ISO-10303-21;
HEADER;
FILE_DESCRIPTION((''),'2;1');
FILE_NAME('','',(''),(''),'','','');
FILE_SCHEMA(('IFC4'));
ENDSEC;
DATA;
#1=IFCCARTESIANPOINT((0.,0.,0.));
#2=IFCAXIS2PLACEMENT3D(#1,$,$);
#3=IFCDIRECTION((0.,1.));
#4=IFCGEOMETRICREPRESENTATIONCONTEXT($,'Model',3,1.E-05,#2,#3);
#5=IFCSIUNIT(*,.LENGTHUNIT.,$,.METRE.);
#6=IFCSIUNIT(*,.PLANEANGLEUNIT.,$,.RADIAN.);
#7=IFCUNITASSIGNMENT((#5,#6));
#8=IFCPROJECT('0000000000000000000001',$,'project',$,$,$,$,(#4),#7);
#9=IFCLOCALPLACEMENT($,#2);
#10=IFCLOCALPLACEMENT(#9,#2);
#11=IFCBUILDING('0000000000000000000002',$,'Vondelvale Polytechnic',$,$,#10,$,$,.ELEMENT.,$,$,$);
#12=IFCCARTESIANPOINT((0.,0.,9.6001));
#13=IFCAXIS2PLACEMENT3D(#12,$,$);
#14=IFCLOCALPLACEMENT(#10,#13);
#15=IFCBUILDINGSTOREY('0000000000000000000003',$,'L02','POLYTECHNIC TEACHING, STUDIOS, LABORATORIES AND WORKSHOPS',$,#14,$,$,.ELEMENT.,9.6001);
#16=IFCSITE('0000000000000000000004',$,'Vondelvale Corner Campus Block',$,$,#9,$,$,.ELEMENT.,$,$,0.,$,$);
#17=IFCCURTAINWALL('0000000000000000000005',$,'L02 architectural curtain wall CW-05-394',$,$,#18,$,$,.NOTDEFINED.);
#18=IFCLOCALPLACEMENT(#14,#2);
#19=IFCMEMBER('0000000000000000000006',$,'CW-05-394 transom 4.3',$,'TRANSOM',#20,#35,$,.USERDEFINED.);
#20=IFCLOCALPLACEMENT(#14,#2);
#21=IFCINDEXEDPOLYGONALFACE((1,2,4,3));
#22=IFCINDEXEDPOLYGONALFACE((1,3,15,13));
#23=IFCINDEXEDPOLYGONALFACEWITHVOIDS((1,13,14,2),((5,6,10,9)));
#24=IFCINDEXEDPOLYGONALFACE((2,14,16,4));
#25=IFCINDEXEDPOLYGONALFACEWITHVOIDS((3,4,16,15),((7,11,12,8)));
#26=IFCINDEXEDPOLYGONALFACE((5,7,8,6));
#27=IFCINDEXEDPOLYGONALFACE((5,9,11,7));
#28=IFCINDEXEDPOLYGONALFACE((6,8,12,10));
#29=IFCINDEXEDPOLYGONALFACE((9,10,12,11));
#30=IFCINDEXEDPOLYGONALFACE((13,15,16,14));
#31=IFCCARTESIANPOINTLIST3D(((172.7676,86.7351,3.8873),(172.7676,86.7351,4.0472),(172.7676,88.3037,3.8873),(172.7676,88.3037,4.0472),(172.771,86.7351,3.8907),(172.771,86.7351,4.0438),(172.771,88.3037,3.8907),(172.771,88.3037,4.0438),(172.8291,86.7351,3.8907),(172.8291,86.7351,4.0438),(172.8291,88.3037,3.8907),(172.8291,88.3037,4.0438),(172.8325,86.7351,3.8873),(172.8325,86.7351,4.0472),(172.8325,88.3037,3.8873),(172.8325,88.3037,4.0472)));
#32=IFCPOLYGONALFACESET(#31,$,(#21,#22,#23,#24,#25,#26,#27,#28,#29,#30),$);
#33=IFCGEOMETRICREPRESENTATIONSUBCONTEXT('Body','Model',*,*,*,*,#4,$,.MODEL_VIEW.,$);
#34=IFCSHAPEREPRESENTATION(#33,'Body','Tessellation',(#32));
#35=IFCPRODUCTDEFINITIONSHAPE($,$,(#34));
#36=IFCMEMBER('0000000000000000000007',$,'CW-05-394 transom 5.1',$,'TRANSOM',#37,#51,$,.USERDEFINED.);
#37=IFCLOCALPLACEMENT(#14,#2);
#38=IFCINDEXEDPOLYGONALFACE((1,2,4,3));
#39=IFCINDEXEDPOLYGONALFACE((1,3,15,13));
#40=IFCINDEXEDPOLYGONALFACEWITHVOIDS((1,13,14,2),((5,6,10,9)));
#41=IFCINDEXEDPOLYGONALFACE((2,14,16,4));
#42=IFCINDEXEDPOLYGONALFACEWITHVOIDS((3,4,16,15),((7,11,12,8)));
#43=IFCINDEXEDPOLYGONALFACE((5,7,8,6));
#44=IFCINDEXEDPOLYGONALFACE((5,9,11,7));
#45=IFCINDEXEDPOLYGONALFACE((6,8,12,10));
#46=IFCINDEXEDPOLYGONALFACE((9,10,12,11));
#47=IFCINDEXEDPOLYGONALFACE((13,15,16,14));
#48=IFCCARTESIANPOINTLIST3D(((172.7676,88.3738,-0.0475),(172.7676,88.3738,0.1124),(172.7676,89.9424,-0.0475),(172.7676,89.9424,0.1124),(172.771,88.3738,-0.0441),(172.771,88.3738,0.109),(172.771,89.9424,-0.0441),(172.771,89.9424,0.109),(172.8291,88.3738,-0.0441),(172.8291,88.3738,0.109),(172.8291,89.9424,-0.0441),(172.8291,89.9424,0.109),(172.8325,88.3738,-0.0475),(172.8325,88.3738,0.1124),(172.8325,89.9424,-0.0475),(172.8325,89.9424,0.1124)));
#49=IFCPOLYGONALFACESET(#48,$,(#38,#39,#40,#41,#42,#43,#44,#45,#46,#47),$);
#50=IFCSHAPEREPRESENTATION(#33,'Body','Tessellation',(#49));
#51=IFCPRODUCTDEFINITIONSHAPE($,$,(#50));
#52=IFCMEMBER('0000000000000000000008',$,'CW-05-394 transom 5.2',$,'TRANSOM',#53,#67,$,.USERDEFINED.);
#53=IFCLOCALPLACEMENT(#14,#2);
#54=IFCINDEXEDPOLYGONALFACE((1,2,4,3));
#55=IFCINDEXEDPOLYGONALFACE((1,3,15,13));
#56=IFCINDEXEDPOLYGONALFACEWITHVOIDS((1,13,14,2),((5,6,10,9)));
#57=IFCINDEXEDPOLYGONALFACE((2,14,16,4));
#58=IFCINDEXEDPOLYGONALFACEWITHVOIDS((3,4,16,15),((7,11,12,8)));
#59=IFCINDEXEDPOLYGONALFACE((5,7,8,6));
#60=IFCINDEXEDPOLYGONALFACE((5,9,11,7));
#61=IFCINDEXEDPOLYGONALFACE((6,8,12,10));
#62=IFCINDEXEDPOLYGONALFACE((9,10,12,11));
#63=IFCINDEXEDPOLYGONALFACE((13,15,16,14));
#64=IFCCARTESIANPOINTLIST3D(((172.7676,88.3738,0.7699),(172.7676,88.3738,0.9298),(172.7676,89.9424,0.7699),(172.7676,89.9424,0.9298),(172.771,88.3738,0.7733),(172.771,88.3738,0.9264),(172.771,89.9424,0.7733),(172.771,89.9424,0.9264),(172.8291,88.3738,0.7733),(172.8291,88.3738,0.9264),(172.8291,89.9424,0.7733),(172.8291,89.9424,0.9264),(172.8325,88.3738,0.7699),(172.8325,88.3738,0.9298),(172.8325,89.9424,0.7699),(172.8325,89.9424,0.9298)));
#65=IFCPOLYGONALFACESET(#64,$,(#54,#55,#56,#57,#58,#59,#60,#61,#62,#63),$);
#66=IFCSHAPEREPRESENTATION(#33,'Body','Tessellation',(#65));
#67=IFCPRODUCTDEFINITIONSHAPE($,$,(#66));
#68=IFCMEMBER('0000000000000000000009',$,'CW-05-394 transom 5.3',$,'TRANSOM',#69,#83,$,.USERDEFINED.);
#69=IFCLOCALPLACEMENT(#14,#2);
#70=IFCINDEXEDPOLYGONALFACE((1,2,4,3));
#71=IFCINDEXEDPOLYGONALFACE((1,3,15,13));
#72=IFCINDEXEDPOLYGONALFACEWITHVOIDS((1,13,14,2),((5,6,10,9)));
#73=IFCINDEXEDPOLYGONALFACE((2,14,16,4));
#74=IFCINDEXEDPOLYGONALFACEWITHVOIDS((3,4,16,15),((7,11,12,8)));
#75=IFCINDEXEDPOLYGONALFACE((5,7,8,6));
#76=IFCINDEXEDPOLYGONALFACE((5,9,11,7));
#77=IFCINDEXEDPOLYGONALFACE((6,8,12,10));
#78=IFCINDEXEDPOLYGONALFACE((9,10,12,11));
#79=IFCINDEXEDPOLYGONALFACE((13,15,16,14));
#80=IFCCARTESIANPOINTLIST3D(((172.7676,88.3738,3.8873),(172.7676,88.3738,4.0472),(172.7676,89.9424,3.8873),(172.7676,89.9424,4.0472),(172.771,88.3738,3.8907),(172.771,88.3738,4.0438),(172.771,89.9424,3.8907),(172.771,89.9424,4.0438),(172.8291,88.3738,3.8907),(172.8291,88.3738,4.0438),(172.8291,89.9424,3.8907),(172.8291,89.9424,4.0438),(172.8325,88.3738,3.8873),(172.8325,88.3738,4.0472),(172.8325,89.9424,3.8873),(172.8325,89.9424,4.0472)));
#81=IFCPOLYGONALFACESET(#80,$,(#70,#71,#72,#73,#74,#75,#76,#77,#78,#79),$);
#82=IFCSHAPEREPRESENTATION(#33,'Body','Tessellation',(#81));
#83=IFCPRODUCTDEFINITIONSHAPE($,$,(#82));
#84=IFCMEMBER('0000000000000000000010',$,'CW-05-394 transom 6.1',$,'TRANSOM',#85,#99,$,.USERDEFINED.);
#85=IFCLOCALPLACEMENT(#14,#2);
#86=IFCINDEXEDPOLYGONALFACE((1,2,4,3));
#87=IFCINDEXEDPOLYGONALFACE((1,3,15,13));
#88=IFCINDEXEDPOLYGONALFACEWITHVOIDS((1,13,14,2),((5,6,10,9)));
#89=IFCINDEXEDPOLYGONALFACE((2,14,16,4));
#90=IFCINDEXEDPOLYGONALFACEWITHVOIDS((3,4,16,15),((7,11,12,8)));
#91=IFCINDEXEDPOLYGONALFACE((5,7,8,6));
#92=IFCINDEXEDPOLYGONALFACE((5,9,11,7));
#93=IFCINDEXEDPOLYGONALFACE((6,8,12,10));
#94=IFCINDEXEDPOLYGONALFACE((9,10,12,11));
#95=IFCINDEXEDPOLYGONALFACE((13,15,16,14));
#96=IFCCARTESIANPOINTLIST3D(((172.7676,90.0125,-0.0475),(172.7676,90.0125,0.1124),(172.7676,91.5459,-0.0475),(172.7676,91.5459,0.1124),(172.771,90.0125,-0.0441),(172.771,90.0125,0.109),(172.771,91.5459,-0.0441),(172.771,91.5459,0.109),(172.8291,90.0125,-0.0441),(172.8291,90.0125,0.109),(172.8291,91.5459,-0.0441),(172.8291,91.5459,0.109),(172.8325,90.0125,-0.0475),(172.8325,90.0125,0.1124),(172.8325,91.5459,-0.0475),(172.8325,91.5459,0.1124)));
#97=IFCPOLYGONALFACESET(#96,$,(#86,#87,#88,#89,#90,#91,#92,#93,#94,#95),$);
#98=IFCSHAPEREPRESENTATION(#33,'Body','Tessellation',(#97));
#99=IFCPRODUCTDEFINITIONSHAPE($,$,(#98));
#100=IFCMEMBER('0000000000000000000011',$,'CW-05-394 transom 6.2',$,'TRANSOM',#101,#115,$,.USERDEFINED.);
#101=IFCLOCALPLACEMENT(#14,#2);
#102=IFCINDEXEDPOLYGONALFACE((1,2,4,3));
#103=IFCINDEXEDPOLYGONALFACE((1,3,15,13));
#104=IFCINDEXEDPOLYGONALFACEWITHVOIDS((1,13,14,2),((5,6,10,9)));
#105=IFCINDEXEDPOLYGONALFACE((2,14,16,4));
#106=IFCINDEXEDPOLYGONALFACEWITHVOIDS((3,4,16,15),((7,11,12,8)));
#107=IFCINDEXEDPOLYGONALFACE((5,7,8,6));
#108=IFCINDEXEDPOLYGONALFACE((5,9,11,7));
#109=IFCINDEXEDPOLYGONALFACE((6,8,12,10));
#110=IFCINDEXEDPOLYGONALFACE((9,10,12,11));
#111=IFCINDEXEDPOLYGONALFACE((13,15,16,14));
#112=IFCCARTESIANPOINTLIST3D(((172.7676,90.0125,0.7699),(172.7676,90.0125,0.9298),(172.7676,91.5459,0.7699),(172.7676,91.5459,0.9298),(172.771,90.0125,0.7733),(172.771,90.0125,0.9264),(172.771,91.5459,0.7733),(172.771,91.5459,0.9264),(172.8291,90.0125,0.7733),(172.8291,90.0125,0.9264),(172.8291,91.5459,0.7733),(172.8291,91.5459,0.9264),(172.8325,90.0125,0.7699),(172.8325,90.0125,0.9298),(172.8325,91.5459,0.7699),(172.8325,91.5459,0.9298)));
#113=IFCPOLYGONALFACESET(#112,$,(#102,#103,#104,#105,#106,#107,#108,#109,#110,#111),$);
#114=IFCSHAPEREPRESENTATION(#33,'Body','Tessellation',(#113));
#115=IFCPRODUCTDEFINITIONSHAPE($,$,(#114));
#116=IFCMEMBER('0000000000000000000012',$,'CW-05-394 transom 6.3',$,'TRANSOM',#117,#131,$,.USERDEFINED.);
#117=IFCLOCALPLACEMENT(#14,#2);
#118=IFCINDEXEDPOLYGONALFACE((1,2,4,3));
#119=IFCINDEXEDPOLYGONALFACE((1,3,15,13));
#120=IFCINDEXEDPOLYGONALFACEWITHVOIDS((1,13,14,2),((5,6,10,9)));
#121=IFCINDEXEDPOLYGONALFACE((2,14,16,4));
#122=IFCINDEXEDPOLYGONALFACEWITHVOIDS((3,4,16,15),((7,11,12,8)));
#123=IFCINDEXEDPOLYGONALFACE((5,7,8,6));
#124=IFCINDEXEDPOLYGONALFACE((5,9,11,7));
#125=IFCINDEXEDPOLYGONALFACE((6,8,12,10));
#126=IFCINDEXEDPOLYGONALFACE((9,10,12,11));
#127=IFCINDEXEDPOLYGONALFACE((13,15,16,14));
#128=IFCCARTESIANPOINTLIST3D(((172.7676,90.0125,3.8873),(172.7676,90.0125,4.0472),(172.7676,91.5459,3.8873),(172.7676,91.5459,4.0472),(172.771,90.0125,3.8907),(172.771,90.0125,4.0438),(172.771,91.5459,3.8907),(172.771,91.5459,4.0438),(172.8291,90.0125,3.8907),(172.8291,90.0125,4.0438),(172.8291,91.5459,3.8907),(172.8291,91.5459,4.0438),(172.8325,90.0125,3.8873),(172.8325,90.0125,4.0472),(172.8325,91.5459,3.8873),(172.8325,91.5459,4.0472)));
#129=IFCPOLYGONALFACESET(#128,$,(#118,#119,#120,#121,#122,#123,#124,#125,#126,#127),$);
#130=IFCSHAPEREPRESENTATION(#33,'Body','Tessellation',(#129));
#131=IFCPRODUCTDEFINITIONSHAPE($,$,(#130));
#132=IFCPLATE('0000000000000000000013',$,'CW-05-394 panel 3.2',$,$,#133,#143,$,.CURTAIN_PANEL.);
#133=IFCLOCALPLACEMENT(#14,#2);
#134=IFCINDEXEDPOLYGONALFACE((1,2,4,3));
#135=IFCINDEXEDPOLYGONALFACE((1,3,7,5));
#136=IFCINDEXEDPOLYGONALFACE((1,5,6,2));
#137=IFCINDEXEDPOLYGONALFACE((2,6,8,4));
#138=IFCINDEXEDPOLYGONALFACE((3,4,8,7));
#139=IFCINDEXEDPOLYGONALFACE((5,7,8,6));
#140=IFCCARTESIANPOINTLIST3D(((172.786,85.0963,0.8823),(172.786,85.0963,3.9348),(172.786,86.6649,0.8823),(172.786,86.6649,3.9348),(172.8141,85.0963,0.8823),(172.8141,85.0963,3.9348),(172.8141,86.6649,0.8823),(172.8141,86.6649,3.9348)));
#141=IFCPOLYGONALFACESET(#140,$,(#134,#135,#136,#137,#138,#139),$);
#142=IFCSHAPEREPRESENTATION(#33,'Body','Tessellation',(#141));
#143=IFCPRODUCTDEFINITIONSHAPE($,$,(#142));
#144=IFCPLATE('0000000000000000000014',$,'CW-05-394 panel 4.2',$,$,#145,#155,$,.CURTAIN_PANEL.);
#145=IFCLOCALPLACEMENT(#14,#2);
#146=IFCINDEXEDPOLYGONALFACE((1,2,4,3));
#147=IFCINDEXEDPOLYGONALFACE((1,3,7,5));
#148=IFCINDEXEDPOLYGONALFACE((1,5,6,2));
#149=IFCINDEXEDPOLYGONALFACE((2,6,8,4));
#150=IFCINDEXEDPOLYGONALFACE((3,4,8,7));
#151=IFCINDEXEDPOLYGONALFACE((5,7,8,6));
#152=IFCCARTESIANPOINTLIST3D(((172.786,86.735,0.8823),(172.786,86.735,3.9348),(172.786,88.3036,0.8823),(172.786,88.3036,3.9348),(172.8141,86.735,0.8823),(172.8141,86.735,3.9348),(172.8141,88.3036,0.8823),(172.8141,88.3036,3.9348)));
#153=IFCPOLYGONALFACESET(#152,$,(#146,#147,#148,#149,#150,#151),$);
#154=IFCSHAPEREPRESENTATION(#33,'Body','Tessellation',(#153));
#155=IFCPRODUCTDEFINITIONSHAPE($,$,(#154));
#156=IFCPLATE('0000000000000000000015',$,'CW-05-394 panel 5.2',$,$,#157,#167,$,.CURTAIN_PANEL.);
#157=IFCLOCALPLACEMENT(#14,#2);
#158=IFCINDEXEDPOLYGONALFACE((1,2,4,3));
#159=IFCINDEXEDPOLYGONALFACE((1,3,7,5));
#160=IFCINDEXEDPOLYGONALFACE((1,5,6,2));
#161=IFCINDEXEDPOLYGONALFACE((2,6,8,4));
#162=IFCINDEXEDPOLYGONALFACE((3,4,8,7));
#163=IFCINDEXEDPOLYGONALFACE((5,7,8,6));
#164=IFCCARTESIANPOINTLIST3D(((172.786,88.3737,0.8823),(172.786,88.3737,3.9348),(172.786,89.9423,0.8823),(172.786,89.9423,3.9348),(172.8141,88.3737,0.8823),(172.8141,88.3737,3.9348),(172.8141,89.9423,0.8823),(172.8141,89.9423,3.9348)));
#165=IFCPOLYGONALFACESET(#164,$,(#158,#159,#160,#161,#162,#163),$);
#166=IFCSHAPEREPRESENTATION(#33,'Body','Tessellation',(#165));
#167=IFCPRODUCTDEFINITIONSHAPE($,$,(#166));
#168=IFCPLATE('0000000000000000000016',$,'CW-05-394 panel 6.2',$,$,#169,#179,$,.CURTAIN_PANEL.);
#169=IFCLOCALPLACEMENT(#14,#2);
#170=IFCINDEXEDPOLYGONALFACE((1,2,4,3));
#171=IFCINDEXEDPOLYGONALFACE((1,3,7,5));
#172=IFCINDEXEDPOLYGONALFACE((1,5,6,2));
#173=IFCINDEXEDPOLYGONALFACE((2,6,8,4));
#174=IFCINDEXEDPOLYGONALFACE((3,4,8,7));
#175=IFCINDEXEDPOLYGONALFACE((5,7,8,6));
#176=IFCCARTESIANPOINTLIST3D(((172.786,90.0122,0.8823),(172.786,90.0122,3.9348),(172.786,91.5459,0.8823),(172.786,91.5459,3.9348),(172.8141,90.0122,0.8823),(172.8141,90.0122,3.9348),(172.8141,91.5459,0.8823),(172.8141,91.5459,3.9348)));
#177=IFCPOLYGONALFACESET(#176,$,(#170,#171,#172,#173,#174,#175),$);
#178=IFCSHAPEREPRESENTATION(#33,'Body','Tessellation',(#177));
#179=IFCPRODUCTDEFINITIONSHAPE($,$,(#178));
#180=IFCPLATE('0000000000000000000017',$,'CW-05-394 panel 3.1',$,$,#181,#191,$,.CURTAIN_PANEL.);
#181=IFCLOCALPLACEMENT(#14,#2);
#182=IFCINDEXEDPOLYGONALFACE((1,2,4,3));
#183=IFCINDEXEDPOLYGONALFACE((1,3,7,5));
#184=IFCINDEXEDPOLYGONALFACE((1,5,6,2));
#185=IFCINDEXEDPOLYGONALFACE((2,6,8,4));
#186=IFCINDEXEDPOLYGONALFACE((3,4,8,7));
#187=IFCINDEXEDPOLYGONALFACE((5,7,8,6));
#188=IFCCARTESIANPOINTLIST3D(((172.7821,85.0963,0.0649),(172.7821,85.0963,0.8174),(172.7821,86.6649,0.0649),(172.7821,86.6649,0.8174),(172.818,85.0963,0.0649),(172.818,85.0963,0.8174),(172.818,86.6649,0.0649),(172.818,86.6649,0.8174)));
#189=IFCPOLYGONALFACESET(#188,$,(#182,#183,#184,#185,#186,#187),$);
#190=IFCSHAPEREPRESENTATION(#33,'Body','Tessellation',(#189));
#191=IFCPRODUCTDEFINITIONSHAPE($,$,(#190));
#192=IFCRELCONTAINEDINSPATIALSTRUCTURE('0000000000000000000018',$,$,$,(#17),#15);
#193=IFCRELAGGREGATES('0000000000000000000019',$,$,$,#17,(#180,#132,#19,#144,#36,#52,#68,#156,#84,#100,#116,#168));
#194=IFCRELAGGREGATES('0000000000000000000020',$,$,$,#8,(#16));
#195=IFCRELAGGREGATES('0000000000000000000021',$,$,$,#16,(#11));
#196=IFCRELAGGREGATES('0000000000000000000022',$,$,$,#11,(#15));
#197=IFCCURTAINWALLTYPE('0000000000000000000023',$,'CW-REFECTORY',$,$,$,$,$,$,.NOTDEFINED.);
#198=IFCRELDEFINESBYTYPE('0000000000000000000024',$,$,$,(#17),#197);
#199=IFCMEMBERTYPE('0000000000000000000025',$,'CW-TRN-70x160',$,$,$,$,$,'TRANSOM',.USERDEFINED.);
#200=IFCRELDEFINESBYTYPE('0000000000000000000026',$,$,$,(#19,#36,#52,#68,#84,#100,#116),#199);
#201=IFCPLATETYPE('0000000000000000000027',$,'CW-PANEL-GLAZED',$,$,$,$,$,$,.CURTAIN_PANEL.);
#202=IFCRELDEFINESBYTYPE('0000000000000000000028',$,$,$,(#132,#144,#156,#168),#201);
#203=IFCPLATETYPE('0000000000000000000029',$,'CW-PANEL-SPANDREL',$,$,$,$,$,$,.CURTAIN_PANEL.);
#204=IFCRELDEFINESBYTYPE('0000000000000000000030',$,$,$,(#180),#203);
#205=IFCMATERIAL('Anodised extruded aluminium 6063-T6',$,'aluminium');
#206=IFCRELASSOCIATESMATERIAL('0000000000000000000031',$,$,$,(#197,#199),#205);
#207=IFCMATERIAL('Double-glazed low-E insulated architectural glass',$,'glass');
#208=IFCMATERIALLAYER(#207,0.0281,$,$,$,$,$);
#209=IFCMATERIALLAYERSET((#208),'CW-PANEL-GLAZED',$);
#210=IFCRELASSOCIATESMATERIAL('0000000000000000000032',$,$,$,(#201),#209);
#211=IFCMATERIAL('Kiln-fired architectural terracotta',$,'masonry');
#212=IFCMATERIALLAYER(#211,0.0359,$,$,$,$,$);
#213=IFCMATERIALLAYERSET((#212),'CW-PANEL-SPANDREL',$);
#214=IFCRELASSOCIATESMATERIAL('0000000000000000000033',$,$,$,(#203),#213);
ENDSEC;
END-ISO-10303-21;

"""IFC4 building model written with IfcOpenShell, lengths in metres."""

from ifc_helpers import new_model, si_unit, direction, frame, origin, origin_2d, place, context, subcontext, project, spatial, rectangle, hollow_rectangle, extrude, material, layer, layer_set, material_profile, profile_set, type_object, element, aggregate, save


model = new_model("IFC4")

# Units and contexts
model_context = context("Model", 3, precision=1e-05, world=origin(), true_north=direction((0.0, 1.0)))
body_context = subcontext(model_context, "Body", "Model", "MODEL_VIEW")
ifc_project = project(units=[si_unit("LENGTHUNIT", "METRE"), si_unit("PLANEANGLEUNIT", "RADIAN")], contexts=[model_context])

# Site, building, storey
site_placement = place(None, origin())
site = spatial("IfcSite", under=ifc_project, at=site_placement, Name="Vondelvale Corner Campus Block", CompositionType="ELEMENT", RefElevation=0.0)
building_placement = place(site_placement, origin())
building = spatial("IfcBuilding", under=site, at=building_placement, Name="Vondelvale Polytechnic", CompositionType="ELEMENT")
storey_placement = place(building_placement, frame((0.0, 0.0, 9.6001)))
storey = spatial("IfcBuildingStorey", under=building, at=storey_placement, Name="L02", Description="POLYTECHNIC TEACHING, STUDIOS, LABORATORIES AND WORKSHOPS", CompositionType="ELEMENT", Elevation=9.6001)

# Curtain wall, members, plates
ifc_material_1 = material(Name="Anodised extruded aluminium 6063-T6", Category="aluminium")
curtain_wall_type = type_object("IfcCurtainWallType", Name="CW-REFECTORY", PredefinedType="NOTDEFINED", material=ifc_material_1)
curtain_wall_placement = place(storey_placement, origin())
curtain_wall = element("IfcCurtainWall", 1, at=curtain_wall_placement, inside=storey, type_object=curtain_wall_type, Name="L02 architectural curtain wall CW-05-394", PredefinedType="NOTDEFINED")
ifc_material_profile_1 = material_profile(ifc_material_1, hollow_rectangle(XDim=0.0649, YDim=0.1599, WallThickness=0.0034, at=origin_2d()), Name="CW-TRN-160x65")
ifc_profile_set_1 = profile_set([ifc_material_profile_1], Name="Anodised extruded aluminium 6063-T6")
member_type_1 = type_object("IfcMemberType", Name="CW-TRN-70x160", ElementType="TRANSOM", PredefinedType="USERDEFINED", material=ifc_profile_set_1)
member_1_placement = place(storey_placement, frame((172.8, 86.7351, 3.9673), z_axis=(0.0, 1.0, 0.0), x_axis=(-1.0, 0.0, 0.0)))
member_1 = element("IfcMember", 2, at=member_1_placement, type_object=member_type_1, Name="CW-05-394 transom 4.3", ObjectType="TRANSOM", PredefinedType="USERDEFINED", context=body_context, shape_type="SweptSolid", body=[
    extrude(hollow_rectangle(XDim=0.0649, YDim=0.1599, WallThickness=0.0034, at=origin_2d()), origin(), (0.0, 0.0, 1.0), 1.5686),
])
member_2_placement = place(storey_placement, frame((172.8, 88.3738, 0.0325), z_axis=(0.0, 1.0, 0.0), x_axis=(-1.0, 0.0, 0.0)))
member_2 = element("IfcMember", 3, at=member_2_placement, type_object=member_type_1, Name="CW-05-394 transom 5.1", ObjectType="TRANSOM", PredefinedType="USERDEFINED", context=body_context, shape_type="SweptSolid", body=[
    extrude(hollow_rectangle(XDim=0.0649, YDim=0.1599, WallThickness=0.0034, at=origin_2d()), origin(), (0.0, 0.0, 1.0), 1.5686),
])
member_3_placement = place(storey_placement, frame((172.8, 88.3738, 0.8499), z_axis=(0.0, 1.0, 0.0), x_axis=(-1.0, 0.0, 0.0)))
member_3 = element("IfcMember", 4, at=member_3_placement, type_object=member_type_1, Name="CW-05-394 transom 5.2", ObjectType="TRANSOM", PredefinedType="USERDEFINED", context=body_context, shape_type="SweptSolid", body=[
    extrude(hollow_rectangle(XDim=0.0649, YDim=0.1599, WallThickness=0.0034, at=origin_2d()), origin(), (0.0, 0.0, 1.0), 1.5686),
])
member_4_placement = place(storey_placement, frame((172.8, 88.3738, 3.9673), z_axis=(0.0, 1.0, 0.0), x_axis=(-1.0, 0.0, 0.0)))
member_4 = element("IfcMember", 5, at=member_4_placement, type_object=member_type_1, Name="CW-05-394 transom 5.3", ObjectType="TRANSOM", PredefinedType="USERDEFINED", context=body_context, shape_type="SweptSolid", body=[
    extrude(hollow_rectangle(XDim=0.0649, YDim=0.1599, WallThickness=0.0034, at=origin_2d()), origin(), (0.0, 0.0, 1.0), 1.5686),
])
member_5_placement = place(storey_placement, frame((172.8, 90.0125, 0.0325), z_axis=(0.0, 1.0, 0.0), x_axis=(-1.0, 0.0, 0.0)))
member_5 = element("IfcMember", 6, at=member_5_placement, type_object=member_type_1, Name="CW-05-394 transom 6.1", ObjectType="TRANSOM", PredefinedType="USERDEFINED", context=body_context, shape_type="SweptSolid", body=[
    extrude(hollow_rectangle(XDim=0.0649, YDim=0.1599, WallThickness=0.0034, at=origin_2d()), origin(), (0.0, 0.0, 1.0), 1.5334),
])
member_6_placement = place(storey_placement, frame((172.8, 90.0125, 0.8499), z_axis=(0.0, 1.0, 0.0), x_axis=(-1.0, 0.0, 0.0)))
member_6 = element("IfcMember", 7, at=member_6_placement, type_object=member_type_1, Name="CW-05-394 transom 6.2", ObjectType="TRANSOM", PredefinedType="USERDEFINED", context=body_context, shape_type="SweptSolid", body=[
    extrude(hollow_rectangle(XDim=0.0649, YDim=0.1599, WallThickness=0.0034, at=origin_2d()), origin(), (0.0, 0.0, 1.0), 1.5334),
])
member_7_placement = place(storey_placement, frame((172.8, 90.0125, 3.9673), z_axis=(0.0, 1.0, 0.0), x_axis=(-1.0, 0.0, 0.0)))
member_7 = element("IfcMember", 8, at=member_7_placement, type_object=member_type_1, Name="CW-05-394 transom 6.3", ObjectType="TRANSOM", PredefinedType="USERDEFINED", context=body_context, shape_type="SweptSolid", body=[
    extrude(hollow_rectangle(XDim=0.0649, YDim=0.1599, WallThickness=0.0034, at=origin_2d()), origin(), (0.0, 0.0, 1.0), 1.5334),
])
ifc_material_2 = material(Name="Double-glazed low-E insulated architectural glass", Category="glass")
ifc_layer_1 = layer(ifc_material_2, 0.0281)
ifc_layer_set_1 = layer_set([ifc_layer_1], Name="CW-PANEL-GLAZED")
plate_type_1 = type_object("IfcPlateType", Name="CW-PANEL-GLAZED", PredefinedType="CURTAIN_PANEL", material=ifc_layer_set_1)
plate_1_placement = place(storey_placement, frame((172.8, 85.8806, 0.8823), z_axis=(0.0, 0.0, 1.0), x_axis=(0.0, 1.0, 0.0)))
plate_1 = element("IfcPlate", 9, at=plate_1_placement, type_object=plate_type_1, Name="CW-05-394 panel 3.2", PredefinedType="CURTAIN_PANEL", context=body_context, shape_type="SweptSolid", body=[
    extrude(rectangle(XDim=1.5686, YDim=0.0281, at=origin_2d()), origin(), (0.0, 0.0, 1.0), 3.0525),
])
plate_2_placement = place(storey_placement, frame((172.8, 87.5193, 0.8823), z_axis=(0.0, 0.0, 1.0), x_axis=(0.0, 1.0, 0.0)))
plate_2 = element("IfcPlate", 10, at=plate_2_placement, type_object=plate_type_1, Name="CW-05-394 panel 4.2", PredefinedType="CURTAIN_PANEL", context=body_context, shape_type="SweptSolid", body=[
    extrude(rectangle(XDim=1.5686, YDim=0.0281, at=origin_2d()), origin(), (0.0, 0.0, 1.0), 3.0525),
])
plate_3_placement = place(storey_placement, frame((172.8, 89.158, 0.8823), z_axis=(0.0, 0.0, 1.0), x_axis=(0.0, 1.0, 0.0)))
plate_3 = element("IfcPlate", 11, at=plate_3_placement, type_object=plate_type_1, Name="CW-05-394 panel 5.2", PredefinedType="CURTAIN_PANEL", context=body_context, shape_type="SweptSolid", body=[
    extrude(rectangle(XDim=1.5686, YDim=0.0281, at=origin_2d()), origin(), (0.0, 0.0, 1.0), 3.0525),
])
plate_4_placement = place(storey_placement, frame((172.8, 90.7791, 0.8823), z_axis=(0.0, 0.0, 1.0), x_axis=(0.0, 1.0, 0.0)))
plate_4 = element("IfcPlate", 12, at=plate_4_placement, type_object=plate_type_1, Name="CW-05-394 panel 6.2", PredefinedType="CURTAIN_PANEL", context=body_context, shape_type="SweptSolid", body=[
    extrude(rectangle(XDim=1.5337, YDim=0.0281, at=origin_2d()), origin(), (0.0, 0.0, 1.0), 3.0525),
])
ifc_material_3 = material(Name="Kiln-fired architectural terracotta", Category="masonry")
ifc_layer_2 = layer(ifc_material_3, 0.0359)
ifc_layer_set_2 = layer_set([ifc_layer_2], Name="CW-PANEL-SPANDREL")
plate_type_2 = type_object("IfcPlateType", Name="CW-PANEL-SPANDREL", PredefinedType="CURTAIN_PANEL", material=ifc_layer_set_2)
plate_5_placement = place(storey_placement, frame((172.8, 85.8806, 0.0649), z_axis=(0.0, 0.0, 1.0), x_axis=(0.0, 1.0, 0.0)))
plate_5 = element("IfcPlate", 13, at=plate_5_placement, type_object=plate_type_2, Name="CW-05-394 panel 3.1", PredefinedType="CURTAIN_PANEL", context=body_context, shape_type="SweptSolid", body=[
    extrude(rectangle(XDim=1.5686, YDim=0.0359, at=origin_2d()), origin(), (0.0, 0.0, 1.0), 0.7524),
])
aggregate(curtain_wall, [plate_5, plate_1, member_1, plate_2, member_2, member_3, member_4, plate_3, member_5, member_6, member_7, plate_4])

save(model, "model.ifc")
